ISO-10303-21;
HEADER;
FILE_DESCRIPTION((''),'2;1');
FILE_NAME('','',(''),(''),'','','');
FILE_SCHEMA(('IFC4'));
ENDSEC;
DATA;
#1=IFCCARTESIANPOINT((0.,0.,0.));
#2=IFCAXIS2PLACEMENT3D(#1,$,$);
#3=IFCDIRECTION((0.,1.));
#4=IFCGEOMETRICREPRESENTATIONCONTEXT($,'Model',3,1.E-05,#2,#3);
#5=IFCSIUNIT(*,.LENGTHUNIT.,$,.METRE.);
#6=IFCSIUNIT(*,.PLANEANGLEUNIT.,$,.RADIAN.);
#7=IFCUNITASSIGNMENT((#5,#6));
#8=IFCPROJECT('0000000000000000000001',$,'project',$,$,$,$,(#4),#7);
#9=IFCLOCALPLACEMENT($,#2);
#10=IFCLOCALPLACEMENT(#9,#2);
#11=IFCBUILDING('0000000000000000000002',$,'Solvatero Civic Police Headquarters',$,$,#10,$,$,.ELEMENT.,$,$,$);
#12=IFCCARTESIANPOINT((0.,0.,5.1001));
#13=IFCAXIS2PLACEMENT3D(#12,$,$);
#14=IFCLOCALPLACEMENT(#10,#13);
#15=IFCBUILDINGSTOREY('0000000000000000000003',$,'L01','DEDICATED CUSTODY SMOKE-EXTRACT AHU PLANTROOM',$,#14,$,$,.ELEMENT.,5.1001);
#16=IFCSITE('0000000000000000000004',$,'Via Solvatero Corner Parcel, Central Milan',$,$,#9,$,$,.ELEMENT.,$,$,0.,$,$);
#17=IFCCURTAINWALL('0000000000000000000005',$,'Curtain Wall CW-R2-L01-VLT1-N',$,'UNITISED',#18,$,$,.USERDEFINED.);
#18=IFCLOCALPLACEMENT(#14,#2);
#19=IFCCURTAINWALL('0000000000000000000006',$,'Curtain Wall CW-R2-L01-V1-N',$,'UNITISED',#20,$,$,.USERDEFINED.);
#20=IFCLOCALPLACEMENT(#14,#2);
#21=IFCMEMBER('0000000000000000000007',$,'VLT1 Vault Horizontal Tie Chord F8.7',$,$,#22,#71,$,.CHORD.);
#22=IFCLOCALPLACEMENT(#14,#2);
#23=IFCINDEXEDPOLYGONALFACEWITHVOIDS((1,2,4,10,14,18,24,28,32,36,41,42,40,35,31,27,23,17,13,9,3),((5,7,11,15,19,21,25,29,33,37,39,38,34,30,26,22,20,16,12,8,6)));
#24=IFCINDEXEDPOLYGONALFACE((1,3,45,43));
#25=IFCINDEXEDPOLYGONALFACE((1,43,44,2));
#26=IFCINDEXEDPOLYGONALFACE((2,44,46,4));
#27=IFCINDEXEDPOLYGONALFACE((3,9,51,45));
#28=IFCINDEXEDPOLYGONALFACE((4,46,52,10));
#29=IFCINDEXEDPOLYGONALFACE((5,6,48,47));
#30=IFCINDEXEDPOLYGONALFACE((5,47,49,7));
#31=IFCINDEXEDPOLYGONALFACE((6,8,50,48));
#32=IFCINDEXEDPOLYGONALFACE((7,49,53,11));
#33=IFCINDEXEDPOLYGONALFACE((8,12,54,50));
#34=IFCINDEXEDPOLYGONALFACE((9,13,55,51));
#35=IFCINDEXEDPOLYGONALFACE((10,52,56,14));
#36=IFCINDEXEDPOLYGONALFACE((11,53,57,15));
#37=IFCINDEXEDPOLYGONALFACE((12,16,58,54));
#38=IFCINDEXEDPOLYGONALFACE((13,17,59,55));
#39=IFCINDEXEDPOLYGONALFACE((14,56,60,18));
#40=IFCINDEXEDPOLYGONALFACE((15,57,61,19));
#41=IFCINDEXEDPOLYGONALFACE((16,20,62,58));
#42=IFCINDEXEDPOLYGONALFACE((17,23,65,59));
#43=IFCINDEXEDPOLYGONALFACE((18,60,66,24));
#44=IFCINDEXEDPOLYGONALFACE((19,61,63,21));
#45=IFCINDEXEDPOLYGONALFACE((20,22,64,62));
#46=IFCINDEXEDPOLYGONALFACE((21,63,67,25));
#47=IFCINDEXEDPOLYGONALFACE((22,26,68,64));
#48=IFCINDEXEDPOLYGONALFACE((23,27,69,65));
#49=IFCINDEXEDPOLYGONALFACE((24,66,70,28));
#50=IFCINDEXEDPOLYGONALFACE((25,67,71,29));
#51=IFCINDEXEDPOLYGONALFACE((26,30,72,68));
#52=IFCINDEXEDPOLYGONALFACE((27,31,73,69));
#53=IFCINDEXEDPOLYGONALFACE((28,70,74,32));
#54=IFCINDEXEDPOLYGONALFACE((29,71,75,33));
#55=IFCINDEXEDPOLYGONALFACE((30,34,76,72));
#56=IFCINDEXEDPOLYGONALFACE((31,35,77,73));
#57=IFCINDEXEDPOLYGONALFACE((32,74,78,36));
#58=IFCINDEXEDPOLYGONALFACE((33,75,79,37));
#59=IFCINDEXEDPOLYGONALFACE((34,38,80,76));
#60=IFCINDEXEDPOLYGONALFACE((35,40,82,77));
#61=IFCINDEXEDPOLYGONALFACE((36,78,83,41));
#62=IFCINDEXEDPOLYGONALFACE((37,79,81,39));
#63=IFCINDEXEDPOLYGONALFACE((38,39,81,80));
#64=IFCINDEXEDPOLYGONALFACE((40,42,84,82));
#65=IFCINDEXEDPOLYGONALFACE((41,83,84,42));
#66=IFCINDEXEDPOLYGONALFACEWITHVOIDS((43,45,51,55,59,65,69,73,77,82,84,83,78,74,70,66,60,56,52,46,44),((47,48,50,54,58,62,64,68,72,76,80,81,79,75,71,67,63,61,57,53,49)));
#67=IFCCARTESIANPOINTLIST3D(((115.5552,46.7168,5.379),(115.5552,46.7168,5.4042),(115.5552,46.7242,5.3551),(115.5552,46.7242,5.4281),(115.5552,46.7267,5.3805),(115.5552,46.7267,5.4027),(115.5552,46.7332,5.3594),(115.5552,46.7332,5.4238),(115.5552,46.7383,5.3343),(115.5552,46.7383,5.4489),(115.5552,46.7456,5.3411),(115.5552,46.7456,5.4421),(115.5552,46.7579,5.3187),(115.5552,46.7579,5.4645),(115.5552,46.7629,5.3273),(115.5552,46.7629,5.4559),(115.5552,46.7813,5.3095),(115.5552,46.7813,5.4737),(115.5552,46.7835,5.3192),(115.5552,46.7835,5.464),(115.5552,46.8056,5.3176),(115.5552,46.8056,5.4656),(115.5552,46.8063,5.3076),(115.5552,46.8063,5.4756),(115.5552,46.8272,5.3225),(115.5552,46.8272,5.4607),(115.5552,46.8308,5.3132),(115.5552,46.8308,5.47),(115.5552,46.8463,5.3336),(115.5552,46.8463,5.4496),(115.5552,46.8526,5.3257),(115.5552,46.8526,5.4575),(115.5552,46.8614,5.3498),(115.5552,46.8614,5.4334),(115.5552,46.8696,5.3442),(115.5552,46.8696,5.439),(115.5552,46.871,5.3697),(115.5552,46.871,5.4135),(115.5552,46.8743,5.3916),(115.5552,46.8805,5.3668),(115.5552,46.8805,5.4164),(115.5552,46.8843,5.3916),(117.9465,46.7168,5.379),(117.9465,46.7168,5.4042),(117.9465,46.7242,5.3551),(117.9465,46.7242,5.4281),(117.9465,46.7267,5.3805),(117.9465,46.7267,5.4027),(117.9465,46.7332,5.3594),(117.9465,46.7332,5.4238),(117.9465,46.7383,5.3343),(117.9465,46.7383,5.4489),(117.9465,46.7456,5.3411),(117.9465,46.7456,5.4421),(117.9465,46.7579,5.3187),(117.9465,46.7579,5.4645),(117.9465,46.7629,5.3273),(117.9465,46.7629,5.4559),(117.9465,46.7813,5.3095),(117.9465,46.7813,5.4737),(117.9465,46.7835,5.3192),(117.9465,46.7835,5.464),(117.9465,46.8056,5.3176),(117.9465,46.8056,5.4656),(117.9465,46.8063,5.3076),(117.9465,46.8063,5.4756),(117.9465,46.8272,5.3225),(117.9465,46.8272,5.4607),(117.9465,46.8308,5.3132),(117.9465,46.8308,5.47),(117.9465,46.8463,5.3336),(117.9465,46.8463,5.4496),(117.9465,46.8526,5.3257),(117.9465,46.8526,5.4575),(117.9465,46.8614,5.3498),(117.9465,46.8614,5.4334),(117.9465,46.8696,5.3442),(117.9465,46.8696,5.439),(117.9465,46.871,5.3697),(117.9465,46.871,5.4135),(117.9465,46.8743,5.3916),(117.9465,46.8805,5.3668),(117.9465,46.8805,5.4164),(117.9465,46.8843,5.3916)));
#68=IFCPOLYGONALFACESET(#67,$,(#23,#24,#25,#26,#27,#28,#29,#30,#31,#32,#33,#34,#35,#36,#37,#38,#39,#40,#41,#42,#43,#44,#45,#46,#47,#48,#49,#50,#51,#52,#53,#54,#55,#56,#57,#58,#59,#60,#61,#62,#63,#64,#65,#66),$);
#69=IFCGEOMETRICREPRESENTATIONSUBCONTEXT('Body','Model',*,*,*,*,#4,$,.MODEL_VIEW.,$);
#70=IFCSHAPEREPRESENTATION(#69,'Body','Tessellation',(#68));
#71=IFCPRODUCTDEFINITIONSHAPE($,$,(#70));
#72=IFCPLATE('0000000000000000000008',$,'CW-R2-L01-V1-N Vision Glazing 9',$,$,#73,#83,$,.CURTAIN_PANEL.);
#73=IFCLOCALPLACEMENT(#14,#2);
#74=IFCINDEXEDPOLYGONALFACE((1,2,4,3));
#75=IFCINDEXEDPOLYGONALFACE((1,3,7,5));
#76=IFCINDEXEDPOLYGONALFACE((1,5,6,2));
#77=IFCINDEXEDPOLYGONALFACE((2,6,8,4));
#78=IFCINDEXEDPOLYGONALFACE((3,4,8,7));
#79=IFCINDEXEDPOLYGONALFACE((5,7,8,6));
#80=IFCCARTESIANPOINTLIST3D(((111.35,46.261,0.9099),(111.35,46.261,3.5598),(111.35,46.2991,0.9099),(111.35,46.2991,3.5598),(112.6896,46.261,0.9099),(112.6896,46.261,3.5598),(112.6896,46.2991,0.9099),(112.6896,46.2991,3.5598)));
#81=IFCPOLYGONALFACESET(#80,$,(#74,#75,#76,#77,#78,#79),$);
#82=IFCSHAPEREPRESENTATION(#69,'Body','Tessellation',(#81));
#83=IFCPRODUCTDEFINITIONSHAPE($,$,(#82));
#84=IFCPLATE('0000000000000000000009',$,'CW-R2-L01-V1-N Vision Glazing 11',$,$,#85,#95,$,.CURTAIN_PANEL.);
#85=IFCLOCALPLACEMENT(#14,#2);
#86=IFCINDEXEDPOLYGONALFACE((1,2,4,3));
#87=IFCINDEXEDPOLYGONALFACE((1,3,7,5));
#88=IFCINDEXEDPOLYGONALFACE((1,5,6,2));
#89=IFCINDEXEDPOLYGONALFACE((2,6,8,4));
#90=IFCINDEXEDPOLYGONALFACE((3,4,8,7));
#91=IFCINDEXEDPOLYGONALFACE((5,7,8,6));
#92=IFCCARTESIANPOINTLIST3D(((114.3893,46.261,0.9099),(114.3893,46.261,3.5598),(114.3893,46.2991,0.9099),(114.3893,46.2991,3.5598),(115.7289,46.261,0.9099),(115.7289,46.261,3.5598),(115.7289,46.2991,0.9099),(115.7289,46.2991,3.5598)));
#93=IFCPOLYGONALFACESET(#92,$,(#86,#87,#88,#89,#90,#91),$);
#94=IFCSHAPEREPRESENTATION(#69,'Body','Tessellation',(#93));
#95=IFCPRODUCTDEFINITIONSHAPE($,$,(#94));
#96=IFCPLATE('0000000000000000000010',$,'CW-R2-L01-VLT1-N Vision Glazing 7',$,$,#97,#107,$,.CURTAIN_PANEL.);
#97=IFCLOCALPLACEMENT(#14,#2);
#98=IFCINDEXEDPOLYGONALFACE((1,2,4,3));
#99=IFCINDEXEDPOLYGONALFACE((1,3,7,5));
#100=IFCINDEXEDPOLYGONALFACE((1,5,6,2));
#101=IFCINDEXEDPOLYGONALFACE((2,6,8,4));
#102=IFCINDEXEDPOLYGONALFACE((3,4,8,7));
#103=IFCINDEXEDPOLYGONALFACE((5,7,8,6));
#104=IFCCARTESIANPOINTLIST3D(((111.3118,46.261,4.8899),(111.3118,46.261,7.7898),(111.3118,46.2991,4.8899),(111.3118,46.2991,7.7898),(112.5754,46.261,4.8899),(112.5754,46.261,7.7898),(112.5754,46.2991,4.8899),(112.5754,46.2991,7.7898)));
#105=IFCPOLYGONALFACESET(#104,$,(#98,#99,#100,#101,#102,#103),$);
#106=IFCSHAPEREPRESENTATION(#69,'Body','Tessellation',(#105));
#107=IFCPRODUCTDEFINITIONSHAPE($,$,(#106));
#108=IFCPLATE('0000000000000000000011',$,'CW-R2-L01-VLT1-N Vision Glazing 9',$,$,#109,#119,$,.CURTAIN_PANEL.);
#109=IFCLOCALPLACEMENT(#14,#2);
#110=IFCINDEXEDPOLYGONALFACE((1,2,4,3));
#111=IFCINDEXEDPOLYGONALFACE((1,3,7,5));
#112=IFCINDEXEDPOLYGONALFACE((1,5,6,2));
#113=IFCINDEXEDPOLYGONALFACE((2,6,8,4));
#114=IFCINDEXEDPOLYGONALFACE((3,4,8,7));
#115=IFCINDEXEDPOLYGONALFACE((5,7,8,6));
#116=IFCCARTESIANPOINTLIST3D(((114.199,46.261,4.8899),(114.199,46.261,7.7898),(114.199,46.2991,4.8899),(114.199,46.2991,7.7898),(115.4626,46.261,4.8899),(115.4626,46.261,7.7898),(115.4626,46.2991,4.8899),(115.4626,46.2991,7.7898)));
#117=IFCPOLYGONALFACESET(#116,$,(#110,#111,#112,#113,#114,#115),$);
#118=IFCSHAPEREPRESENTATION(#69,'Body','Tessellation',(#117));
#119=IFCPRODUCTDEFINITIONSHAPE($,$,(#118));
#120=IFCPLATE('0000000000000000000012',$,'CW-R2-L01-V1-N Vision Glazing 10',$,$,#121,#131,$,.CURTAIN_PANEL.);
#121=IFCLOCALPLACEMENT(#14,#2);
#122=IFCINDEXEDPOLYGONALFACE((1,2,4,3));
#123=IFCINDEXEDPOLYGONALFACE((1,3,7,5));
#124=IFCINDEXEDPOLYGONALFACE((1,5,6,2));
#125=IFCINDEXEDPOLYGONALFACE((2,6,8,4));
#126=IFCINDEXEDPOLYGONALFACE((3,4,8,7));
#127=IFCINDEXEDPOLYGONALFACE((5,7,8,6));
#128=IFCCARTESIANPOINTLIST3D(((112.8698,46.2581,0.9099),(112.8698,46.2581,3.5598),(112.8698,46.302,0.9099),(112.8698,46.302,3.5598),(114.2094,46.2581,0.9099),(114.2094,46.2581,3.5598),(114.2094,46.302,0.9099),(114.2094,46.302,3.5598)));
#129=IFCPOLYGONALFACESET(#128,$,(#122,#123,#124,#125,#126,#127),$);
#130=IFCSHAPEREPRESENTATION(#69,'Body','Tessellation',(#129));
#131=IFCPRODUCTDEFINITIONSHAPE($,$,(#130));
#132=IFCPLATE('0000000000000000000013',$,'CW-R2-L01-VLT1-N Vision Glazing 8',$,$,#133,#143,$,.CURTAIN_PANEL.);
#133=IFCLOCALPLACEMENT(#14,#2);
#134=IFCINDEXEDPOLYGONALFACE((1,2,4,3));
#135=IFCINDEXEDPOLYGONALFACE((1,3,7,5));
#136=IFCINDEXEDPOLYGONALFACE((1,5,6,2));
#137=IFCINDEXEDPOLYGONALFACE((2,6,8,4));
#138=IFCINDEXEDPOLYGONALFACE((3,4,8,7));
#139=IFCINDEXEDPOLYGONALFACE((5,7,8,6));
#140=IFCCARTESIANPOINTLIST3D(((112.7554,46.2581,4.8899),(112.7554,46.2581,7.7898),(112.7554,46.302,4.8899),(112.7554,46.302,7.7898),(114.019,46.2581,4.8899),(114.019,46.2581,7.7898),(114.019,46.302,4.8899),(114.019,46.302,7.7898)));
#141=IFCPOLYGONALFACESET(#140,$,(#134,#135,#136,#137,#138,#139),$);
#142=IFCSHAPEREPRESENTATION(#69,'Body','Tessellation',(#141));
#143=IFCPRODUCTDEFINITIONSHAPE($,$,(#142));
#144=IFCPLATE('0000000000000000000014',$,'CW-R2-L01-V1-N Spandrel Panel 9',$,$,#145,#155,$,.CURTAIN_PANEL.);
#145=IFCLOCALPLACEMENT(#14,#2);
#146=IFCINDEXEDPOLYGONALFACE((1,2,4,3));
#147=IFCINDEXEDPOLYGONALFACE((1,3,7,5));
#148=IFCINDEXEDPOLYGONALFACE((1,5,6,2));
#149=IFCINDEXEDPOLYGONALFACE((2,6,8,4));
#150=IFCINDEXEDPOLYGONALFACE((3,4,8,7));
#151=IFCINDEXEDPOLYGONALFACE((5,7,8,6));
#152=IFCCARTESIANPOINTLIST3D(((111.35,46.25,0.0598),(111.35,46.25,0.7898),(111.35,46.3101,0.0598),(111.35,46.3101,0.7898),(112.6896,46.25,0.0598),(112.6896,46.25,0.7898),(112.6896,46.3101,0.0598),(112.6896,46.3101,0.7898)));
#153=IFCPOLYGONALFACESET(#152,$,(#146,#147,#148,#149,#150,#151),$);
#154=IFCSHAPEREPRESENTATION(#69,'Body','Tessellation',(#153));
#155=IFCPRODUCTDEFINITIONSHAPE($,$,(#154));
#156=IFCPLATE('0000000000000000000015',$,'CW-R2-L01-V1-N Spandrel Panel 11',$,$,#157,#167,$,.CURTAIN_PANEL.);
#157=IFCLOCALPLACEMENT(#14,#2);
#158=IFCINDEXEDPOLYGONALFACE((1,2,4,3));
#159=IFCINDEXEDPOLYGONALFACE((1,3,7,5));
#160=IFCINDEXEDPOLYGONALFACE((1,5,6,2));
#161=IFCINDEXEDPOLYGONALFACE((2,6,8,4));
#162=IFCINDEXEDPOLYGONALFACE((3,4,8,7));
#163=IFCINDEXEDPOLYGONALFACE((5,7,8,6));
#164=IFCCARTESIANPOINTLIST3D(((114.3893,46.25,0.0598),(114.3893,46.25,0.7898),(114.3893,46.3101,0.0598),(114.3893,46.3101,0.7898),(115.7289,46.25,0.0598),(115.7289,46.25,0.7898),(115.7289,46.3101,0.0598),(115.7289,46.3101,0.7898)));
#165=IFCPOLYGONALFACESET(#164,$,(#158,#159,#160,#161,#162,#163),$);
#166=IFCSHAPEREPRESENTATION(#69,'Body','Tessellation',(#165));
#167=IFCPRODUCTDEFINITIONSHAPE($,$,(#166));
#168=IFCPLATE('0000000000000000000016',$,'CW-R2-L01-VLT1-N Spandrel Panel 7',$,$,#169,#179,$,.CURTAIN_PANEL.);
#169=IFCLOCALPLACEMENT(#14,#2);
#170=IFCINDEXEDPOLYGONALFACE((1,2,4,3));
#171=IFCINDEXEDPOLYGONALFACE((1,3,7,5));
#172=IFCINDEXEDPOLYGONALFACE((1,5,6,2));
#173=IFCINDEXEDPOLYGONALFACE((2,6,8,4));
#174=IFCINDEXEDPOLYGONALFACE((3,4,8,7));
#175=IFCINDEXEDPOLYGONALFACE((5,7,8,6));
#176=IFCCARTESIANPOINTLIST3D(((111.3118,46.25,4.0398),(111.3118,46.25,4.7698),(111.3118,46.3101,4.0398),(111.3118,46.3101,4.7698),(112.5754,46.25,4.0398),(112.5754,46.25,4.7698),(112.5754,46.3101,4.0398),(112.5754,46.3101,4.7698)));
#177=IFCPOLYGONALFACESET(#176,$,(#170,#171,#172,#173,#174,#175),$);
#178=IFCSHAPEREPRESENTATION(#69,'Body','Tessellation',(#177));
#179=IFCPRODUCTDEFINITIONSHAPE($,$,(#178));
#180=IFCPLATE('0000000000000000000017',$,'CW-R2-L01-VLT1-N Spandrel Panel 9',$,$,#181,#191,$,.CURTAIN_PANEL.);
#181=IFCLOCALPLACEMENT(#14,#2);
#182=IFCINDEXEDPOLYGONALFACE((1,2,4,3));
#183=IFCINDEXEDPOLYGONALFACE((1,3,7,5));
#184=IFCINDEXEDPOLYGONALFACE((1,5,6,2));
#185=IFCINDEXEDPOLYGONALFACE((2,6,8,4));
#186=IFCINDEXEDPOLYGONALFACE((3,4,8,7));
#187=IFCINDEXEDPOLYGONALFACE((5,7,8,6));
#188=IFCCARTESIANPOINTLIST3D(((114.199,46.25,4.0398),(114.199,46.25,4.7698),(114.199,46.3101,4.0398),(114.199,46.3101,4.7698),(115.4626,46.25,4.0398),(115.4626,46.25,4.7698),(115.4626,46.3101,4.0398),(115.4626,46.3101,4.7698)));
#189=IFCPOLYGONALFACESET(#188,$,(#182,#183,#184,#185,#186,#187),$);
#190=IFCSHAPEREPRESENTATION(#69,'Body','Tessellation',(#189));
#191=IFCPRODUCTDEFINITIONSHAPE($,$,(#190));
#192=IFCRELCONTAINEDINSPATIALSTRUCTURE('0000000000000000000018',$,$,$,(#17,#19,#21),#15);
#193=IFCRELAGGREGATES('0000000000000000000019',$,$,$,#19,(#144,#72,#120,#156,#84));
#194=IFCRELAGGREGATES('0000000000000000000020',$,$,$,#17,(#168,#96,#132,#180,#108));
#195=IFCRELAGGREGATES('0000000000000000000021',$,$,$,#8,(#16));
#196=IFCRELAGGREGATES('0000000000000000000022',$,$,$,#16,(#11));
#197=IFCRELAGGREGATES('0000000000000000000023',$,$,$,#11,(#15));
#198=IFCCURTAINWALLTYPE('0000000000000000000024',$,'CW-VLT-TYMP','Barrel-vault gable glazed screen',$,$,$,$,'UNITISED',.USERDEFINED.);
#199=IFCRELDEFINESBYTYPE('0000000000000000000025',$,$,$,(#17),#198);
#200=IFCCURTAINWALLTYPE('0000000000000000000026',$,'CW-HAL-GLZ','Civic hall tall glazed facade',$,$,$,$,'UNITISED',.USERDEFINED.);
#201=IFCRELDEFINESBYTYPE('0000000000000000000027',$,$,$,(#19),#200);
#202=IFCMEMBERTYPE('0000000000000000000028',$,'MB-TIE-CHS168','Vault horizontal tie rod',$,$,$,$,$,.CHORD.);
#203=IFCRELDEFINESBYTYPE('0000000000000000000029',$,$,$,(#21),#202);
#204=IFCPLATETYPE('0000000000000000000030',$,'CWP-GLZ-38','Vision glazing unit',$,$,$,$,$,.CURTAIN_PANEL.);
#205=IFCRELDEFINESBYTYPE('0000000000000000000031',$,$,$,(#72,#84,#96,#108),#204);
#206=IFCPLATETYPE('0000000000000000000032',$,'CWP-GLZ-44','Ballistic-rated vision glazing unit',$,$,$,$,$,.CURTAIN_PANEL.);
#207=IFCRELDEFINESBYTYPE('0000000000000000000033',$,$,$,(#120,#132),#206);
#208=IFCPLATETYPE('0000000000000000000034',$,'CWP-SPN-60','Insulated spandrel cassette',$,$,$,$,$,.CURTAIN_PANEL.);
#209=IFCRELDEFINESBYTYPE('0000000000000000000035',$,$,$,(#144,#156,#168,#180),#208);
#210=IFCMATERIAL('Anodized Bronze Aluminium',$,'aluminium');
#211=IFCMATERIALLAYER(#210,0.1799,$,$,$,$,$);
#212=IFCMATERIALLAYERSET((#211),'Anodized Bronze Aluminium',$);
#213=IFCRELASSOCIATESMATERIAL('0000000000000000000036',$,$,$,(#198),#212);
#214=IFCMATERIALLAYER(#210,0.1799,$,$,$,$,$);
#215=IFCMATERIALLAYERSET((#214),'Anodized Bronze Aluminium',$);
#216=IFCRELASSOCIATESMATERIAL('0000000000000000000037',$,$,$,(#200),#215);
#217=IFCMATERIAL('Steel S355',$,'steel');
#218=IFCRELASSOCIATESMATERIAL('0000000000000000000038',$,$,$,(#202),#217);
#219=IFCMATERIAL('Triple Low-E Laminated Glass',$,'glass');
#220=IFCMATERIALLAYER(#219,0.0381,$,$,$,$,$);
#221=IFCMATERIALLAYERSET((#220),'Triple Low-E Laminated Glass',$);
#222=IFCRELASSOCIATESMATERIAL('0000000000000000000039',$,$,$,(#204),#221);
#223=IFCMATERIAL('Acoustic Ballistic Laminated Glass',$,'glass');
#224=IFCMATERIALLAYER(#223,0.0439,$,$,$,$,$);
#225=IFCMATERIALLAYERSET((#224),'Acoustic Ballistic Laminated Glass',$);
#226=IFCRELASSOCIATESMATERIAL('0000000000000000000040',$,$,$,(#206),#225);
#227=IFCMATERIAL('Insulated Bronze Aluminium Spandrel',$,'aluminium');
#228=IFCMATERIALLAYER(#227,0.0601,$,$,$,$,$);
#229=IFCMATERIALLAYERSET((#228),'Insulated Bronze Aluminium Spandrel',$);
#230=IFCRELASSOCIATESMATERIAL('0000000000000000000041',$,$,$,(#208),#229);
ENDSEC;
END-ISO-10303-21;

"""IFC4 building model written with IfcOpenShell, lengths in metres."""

from ifc_helpers import new_model, si_unit, direction, frame, origin, origin_2d, place, context, subcontext, project, spatial, rectangle, hollow_circle, extrude, material, layer, layer_set, material_profile, profile_set, type_object, element, aggregate, save


model = new_model("IFC4")

# Units and contexts
model_context = context("Model", 3, precision=1e-05, world=origin(), true_north=direction((0.0, 1.0)))
body_context = subcontext(model_context, "Body", "Model", "MODEL_VIEW")
ifc_project = project(units=[si_unit("LENGTHUNIT", "METRE"), si_unit("PLANEANGLEUNIT", "RADIAN")], contexts=[model_context])

# Site, building, storey
site_placement = place(None, origin())
site = spatial("IfcSite", under=ifc_project, at=site_placement, Name="Via Solvatero Corner Parcel, Central Milan", CompositionType="ELEMENT", RefElevation=0.0)
building_placement = place(site_placement, origin())
building = spatial("IfcBuilding", under=site, at=building_placement, Name="Solvatero Civic Police Headquarters", CompositionType="ELEMENT")
storey_placement = place(building_placement, frame((0.0, 0.0, 5.1001)))
storey = spatial("IfcBuildingStorey", under=building, at=storey_placement, Name="L01", Description="DEDICATED CUSTODY SMOKE-EXTRACT AHU PLANTROOM", CompositionType="ELEMENT", Elevation=5.1001)

# Shared definitions
ifc_material_1 = material(Name="Steel S355", Category="steel")

# Curtain walls
ifc_material_2 = material(Name="Anodized Bronze Aluminium", Category="aluminium")
ifc_layer_1 = layer(ifc_material_2, 0.1799)
ifc_layer_set_1 = layer_set([ifc_layer_1], Name="Anodized Bronze Aluminium")
curtain_wall_type_1 = type_object("IfcCurtainWallType", Name="CW-VLT-TYMP", Description="Barrel-vault gable glazed screen", ElementType="UNITISED", PredefinedType="USERDEFINED", material=ifc_layer_set_1)
curtain_wall_1_placement = place(storey_placement, origin())
curtain_wall_1 = element("IfcCurtainWall", 1, at=curtain_wall_1_placement, inside=storey, type_object=curtain_wall_type_1, Name="Curtain Wall CW-R2-L01-VLT1-N", ObjectType="UNITISED", PredefinedType="USERDEFINED")
ifc_layer_2 = layer(ifc_material_2, 0.1799)
ifc_layer_set_2 = layer_set([ifc_layer_2], Name="Anodized Bronze Aluminium")
curtain_wall_type_2 = type_object("IfcCurtainWallType", Name="CW-HAL-GLZ", Description="Civic hall tall glazed facade", ElementType="UNITISED", PredefinedType="USERDEFINED", material=ifc_layer_set_2)
curtain_wall_2_placement = place(storey_placement, origin())
curtain_wall_2 = element("IfcCurtainWall", 2, at=curtain_wall_2_placement, inside=storey, type_object=curtain_wall_type_2, Name="Curtain Wall CW-R2-L01-V1-N", ObjectType="UNITISED", PredefinedType="USERDEFINED")

# Member
ifc_material_profile_1 = material_profile(ifc_material_1, hollow_circle(Radius=0.0842, WallThickness=0.01, at=origin_2d()), Name="CHS 168.3x10.0")
ifc_profile_set_1 = profile_set([ifc_material_profile_1], Name="Steel S355")
member_type_1 = type_object("IfcMemberType", Name="MB-TIE-CHS168", Description="Vault horizontal tie rod", PredefinedType="CHORD", material=ifc_profile_set_1)
member_1_placement = place(storey_placement, frame((115.5552, 46.8, 5.3916), z_axis=(1.0, 0.0, 0.0), x_axis=(0.0, 1.0, 0.0)))
element("IfcMember", 3, at=member_1_placement, inside=storey, type_object=member_type_1, Name="VLT1 Vault Horizontal Tie Chord F8.7", PredefinedType="CHORD", context=body_context, shape_type="SweptSolid", body=[
    extrude(hollow_circle(Radius=0.0842, WallThickness=0.01, at=origin_2d()), origin(), (0.0, 0.0, 1.0), 2.3914),
])

# Plates
ifc_material_3 = material(Name="Triple Low-E Laminated Glass", Category="glass")
ifc_layer_3 = layer(ifc_material_3, 0.0381)
ifc_layer_set_3 = layer_set([ifc_layer_3], Name="Triple Low-E Laminated Glass")
plate_type_1 = type_object("IfcPlateType", Name="CWP-GLZ-38", Description="Vision glazing unit", PredefinedType="CURTAIN_PANEL", material=ifc_layer_set_3)
plate_1_placement = place(storey_placement, frame((112.0198, 46.28, 0.9099), z_axis=(0.0, 0.0, 1.0), x_axis=(1.0, 0.0, 0.0)))
plate_1 = element("IfcPlate", 4, at=plate_1_placement, type_object=plate_type_1, Name="CW-R2-L01-V1-N Vision Glazing 9", PredefinedType="CURTAIN_PANEL", context=body_context, shape_type="SweptSolid", body=[
    extrude(rectangle(XDim=1.3396, YDim=0.0381, at=origin_2d()), origin(), (0.0, 0.0, 1.0), 2.6499),
])
plate_2_placement = place(storey_placement, frame((115.0591, 46.28, 0.9099), z_axis=(0.0, 0.0, 1.0), x_axis=(1.0, 0.0, 0.0)))
plate_2 = element("IfcPlate", 5, at=plate_2_placement, type_object=plate_type_1, Name="CW-R2-L01-V1-N Vision Glazing 11", PredefinedType="CURTAIN_PANEL", context=body_context, shape_type="SweptSolid", body=[
    extrude(rectangle(XDim=1.3396, YDim=0.0381, at=origin_2d()), origin(), (0.0, 0.0, 1.0), 2.6499),
])
plate_3_placement = place(storey_placement, frame((111.9436, 46.28, 4.8899), z_axis=(0.0, 0.0, 1.0), x_axis=(1.0, 0.0, 0.0)))
plate_3 = element("IfcPlate", 6, at=plate_3_placement, type_object=plate_type_1, Name="CW-R2-L01-VLT1-N Vision Glazing 7", PredefinedType="CURTAIN_PANEL", context=body_context, shape_type="SweptSolid", body=[
    extrude(rectangle(XDim=1.2637, YDim=0.0381, at=origin_2d()), origin(), (0.0, 0.0, 1.0), 2.8999),
])
plate_4_placement = place(storey_placement, frame((114.8308, 46.28, 4.8899), z_axis=(0.0, 0.0, 1.0), x_axis=(1.0, 0.0, 0.0)))
plate_4 = element("IfcPlate", 7, at=plate_4_placement, type_object=plate_type_1, Name="CW-R2-L01-VLT1-N Vision Glazing 9", PredefinedType="CURTAIN_PANEL", context=body_context, shape_type="SweptSolid", body=[
    extrude(rectangle(XDim=1.2637, YDim=0.0381, at=origin_2d()), origin(), (0.0, 0.0, 1.0), 2.8999),
])
ifc_material_4 = material(Name="Acoustic Ballistic Laminated Glass", Category="glass")
ifc_layer_4 = layer(ifc_material_4, 0.0439)
ifc_layer_set_4 = layer_set([ifc_layer_4], Name="Acoustic Ballistic Laminated Glass")
plate_type_2 = type_object("IfcPlateType", Name="CWP-GLZ-44", Description="Ballistic-rated vision glazing unit", PredefinedType="CURTAIN_PANEL", material=ifc_layer_set_4)
plate_5_placement = place(storey_placement, frame((113.5396, 46.28, 0.9099), z_axis=(0.0, 0.0, 1.0), x_axis=(1.0, 0.0, 0.0)))
plate_5 = element("IfcPlate", 8, at=plate_5_placement, type_object=plate_type_2, Name="CW-R2-L01-V1-N Vision Glazing 10", PredefinedType="CURTAIN_PANEL", context=body_context, shape_type="SweptSolid", body=[
    extrude(rectangle(XDim=1.3396, YDim=0.0439, at=origin_2d()), origin(), (0.0, 0.0, 1.0), 2.6499),
])
plate_6_placement = place(storey_placement, frame((113.3872, 46.28, 4.8899), z_axis=(0.0, 0.0, 1.0), x_axis=(1.0, 0.0, 0.0)))
plate_6 = element("IfcPlate", 9, at=plate_6_placement, type_object=plate_type_2, Name="CW-R2-L01-VLT1-N Vision Glazing 8", PredefinedType="CURTAIN_PANEL", context=body_context, shape_type="SweptSolid", body=[
    extrude(rectangle(XDim=1.2637, YDim=0.0439, at=origin_2d()), origin(), (0.0, 0.0, 1.0), 2.8999),
])
ifc_material_5 = material(Name="Insulated Bronze Aluminium Spandrel", Category="aluminium")
ifc_layer_5 = layer(ifc_material_5, 0.0601)
ifc_layer_set_5 = layer_set([ifc_layer_5], Name="Insulated Bronze Aluminium Spandrel")
plate_type_3 = type_object("IfcPlateType", Name="CWP-SPN-60", Description="Insulated spandrel cassette", PredefinedType="CURTAIN_PANEL", material=ifc_layer_set_5)
plate_7_placement = place(storey_placement, frame((112.0198, 46.28, 0.0598), z_axis=(0.0, 0.0, 1.0), x_axis=(1.0, 0.0, 0.0)))
plate_7 = element("IfcPlate", 10, at=plate_7_placement, type_object=plate_type_3, Name="CW-R2-L01-V1-N Spandrel Panel 9", PredefinedType="CURTAIN_PANEL", context=body_context, shape_type="SweptSolid", body=[
    extrude(rectangle(XDim=1.3396, YDim=0.0601, at=origin_2d()), origin(), (0.0, 0.0, 1.0), 0.73),
])
plate_8_placement = place(storey_placement, frame((115.0591, 46.28, 0.0598), z_axis=(0.0, 0.0, 1.0), x_axis=(1.0, 0.0, 0.0)))
plate_8 = element("IfcPlate", 11, at=plate_8_placement, type_object=plate_type_3, Name="CW-R2-L01-V1-N Spandrel Panel 11", PredefinedType="CURTAIN_PANEL", context=body_context, shape_type="SweptSolid", body=[
    extrude(rectangle(XDim=1.3396, YDim=0.0601, at=origin_2d()), origin(), (0.0, 0.0, 1.0), 0.73),
])
plate_9_placement = place(storey_placement, frame((111.9436, 46.28, 4.0398), z_axis=(0.0, 0.0, 1.0), x_axis=(1.0, 0.0, 0.0)))
plate_9 = element("IfcPlate", 12, at=plate_9_placement, type_object=plate_type_3, Name="CW-R2-L01-VLT1-N Spandrel Panel 7", PredefinedType="CURTAIN_PANEL", context=body_context, shape_type="SweptSolid", body=[
    extrude(rectangle(XDim=1.2637, YDim=0.0601, at=origin_2d()), origin(), (0.0, 0.0, 1.0), 0.73),
])
plate_10_placement = place(storey_placement, frame((114.8308, 46.28, 4.0398), z_axis=(0.0, 0.0, 1.0), x_axis=(1.0, 0.0, 0.0)))
plate_10 = element("IfcPlate", 13, at=plate_10_placement, type_object=plate_type_3, Name="CW-R2-L01-VLT1-N Spandrel Panel 9", PredefinedType="CURTAIN_PANEL", context=body_context, shape_type="SweptSolid", body=[
    extrude(rectangle(XDim=1.2637, YDim=0.0601, at=origin_2d()), origin(), (0.0, 0.0, 1.0), 0.73),
])
aggregate(curtain_wall_2, [plate_7, plate_1, plate_5, plate_8, plate_2])
aggregate(curtain_wall_1, [plate_9, plate_3, plate_6, plate_10, plate_4])

save(model, "model.ifc")
